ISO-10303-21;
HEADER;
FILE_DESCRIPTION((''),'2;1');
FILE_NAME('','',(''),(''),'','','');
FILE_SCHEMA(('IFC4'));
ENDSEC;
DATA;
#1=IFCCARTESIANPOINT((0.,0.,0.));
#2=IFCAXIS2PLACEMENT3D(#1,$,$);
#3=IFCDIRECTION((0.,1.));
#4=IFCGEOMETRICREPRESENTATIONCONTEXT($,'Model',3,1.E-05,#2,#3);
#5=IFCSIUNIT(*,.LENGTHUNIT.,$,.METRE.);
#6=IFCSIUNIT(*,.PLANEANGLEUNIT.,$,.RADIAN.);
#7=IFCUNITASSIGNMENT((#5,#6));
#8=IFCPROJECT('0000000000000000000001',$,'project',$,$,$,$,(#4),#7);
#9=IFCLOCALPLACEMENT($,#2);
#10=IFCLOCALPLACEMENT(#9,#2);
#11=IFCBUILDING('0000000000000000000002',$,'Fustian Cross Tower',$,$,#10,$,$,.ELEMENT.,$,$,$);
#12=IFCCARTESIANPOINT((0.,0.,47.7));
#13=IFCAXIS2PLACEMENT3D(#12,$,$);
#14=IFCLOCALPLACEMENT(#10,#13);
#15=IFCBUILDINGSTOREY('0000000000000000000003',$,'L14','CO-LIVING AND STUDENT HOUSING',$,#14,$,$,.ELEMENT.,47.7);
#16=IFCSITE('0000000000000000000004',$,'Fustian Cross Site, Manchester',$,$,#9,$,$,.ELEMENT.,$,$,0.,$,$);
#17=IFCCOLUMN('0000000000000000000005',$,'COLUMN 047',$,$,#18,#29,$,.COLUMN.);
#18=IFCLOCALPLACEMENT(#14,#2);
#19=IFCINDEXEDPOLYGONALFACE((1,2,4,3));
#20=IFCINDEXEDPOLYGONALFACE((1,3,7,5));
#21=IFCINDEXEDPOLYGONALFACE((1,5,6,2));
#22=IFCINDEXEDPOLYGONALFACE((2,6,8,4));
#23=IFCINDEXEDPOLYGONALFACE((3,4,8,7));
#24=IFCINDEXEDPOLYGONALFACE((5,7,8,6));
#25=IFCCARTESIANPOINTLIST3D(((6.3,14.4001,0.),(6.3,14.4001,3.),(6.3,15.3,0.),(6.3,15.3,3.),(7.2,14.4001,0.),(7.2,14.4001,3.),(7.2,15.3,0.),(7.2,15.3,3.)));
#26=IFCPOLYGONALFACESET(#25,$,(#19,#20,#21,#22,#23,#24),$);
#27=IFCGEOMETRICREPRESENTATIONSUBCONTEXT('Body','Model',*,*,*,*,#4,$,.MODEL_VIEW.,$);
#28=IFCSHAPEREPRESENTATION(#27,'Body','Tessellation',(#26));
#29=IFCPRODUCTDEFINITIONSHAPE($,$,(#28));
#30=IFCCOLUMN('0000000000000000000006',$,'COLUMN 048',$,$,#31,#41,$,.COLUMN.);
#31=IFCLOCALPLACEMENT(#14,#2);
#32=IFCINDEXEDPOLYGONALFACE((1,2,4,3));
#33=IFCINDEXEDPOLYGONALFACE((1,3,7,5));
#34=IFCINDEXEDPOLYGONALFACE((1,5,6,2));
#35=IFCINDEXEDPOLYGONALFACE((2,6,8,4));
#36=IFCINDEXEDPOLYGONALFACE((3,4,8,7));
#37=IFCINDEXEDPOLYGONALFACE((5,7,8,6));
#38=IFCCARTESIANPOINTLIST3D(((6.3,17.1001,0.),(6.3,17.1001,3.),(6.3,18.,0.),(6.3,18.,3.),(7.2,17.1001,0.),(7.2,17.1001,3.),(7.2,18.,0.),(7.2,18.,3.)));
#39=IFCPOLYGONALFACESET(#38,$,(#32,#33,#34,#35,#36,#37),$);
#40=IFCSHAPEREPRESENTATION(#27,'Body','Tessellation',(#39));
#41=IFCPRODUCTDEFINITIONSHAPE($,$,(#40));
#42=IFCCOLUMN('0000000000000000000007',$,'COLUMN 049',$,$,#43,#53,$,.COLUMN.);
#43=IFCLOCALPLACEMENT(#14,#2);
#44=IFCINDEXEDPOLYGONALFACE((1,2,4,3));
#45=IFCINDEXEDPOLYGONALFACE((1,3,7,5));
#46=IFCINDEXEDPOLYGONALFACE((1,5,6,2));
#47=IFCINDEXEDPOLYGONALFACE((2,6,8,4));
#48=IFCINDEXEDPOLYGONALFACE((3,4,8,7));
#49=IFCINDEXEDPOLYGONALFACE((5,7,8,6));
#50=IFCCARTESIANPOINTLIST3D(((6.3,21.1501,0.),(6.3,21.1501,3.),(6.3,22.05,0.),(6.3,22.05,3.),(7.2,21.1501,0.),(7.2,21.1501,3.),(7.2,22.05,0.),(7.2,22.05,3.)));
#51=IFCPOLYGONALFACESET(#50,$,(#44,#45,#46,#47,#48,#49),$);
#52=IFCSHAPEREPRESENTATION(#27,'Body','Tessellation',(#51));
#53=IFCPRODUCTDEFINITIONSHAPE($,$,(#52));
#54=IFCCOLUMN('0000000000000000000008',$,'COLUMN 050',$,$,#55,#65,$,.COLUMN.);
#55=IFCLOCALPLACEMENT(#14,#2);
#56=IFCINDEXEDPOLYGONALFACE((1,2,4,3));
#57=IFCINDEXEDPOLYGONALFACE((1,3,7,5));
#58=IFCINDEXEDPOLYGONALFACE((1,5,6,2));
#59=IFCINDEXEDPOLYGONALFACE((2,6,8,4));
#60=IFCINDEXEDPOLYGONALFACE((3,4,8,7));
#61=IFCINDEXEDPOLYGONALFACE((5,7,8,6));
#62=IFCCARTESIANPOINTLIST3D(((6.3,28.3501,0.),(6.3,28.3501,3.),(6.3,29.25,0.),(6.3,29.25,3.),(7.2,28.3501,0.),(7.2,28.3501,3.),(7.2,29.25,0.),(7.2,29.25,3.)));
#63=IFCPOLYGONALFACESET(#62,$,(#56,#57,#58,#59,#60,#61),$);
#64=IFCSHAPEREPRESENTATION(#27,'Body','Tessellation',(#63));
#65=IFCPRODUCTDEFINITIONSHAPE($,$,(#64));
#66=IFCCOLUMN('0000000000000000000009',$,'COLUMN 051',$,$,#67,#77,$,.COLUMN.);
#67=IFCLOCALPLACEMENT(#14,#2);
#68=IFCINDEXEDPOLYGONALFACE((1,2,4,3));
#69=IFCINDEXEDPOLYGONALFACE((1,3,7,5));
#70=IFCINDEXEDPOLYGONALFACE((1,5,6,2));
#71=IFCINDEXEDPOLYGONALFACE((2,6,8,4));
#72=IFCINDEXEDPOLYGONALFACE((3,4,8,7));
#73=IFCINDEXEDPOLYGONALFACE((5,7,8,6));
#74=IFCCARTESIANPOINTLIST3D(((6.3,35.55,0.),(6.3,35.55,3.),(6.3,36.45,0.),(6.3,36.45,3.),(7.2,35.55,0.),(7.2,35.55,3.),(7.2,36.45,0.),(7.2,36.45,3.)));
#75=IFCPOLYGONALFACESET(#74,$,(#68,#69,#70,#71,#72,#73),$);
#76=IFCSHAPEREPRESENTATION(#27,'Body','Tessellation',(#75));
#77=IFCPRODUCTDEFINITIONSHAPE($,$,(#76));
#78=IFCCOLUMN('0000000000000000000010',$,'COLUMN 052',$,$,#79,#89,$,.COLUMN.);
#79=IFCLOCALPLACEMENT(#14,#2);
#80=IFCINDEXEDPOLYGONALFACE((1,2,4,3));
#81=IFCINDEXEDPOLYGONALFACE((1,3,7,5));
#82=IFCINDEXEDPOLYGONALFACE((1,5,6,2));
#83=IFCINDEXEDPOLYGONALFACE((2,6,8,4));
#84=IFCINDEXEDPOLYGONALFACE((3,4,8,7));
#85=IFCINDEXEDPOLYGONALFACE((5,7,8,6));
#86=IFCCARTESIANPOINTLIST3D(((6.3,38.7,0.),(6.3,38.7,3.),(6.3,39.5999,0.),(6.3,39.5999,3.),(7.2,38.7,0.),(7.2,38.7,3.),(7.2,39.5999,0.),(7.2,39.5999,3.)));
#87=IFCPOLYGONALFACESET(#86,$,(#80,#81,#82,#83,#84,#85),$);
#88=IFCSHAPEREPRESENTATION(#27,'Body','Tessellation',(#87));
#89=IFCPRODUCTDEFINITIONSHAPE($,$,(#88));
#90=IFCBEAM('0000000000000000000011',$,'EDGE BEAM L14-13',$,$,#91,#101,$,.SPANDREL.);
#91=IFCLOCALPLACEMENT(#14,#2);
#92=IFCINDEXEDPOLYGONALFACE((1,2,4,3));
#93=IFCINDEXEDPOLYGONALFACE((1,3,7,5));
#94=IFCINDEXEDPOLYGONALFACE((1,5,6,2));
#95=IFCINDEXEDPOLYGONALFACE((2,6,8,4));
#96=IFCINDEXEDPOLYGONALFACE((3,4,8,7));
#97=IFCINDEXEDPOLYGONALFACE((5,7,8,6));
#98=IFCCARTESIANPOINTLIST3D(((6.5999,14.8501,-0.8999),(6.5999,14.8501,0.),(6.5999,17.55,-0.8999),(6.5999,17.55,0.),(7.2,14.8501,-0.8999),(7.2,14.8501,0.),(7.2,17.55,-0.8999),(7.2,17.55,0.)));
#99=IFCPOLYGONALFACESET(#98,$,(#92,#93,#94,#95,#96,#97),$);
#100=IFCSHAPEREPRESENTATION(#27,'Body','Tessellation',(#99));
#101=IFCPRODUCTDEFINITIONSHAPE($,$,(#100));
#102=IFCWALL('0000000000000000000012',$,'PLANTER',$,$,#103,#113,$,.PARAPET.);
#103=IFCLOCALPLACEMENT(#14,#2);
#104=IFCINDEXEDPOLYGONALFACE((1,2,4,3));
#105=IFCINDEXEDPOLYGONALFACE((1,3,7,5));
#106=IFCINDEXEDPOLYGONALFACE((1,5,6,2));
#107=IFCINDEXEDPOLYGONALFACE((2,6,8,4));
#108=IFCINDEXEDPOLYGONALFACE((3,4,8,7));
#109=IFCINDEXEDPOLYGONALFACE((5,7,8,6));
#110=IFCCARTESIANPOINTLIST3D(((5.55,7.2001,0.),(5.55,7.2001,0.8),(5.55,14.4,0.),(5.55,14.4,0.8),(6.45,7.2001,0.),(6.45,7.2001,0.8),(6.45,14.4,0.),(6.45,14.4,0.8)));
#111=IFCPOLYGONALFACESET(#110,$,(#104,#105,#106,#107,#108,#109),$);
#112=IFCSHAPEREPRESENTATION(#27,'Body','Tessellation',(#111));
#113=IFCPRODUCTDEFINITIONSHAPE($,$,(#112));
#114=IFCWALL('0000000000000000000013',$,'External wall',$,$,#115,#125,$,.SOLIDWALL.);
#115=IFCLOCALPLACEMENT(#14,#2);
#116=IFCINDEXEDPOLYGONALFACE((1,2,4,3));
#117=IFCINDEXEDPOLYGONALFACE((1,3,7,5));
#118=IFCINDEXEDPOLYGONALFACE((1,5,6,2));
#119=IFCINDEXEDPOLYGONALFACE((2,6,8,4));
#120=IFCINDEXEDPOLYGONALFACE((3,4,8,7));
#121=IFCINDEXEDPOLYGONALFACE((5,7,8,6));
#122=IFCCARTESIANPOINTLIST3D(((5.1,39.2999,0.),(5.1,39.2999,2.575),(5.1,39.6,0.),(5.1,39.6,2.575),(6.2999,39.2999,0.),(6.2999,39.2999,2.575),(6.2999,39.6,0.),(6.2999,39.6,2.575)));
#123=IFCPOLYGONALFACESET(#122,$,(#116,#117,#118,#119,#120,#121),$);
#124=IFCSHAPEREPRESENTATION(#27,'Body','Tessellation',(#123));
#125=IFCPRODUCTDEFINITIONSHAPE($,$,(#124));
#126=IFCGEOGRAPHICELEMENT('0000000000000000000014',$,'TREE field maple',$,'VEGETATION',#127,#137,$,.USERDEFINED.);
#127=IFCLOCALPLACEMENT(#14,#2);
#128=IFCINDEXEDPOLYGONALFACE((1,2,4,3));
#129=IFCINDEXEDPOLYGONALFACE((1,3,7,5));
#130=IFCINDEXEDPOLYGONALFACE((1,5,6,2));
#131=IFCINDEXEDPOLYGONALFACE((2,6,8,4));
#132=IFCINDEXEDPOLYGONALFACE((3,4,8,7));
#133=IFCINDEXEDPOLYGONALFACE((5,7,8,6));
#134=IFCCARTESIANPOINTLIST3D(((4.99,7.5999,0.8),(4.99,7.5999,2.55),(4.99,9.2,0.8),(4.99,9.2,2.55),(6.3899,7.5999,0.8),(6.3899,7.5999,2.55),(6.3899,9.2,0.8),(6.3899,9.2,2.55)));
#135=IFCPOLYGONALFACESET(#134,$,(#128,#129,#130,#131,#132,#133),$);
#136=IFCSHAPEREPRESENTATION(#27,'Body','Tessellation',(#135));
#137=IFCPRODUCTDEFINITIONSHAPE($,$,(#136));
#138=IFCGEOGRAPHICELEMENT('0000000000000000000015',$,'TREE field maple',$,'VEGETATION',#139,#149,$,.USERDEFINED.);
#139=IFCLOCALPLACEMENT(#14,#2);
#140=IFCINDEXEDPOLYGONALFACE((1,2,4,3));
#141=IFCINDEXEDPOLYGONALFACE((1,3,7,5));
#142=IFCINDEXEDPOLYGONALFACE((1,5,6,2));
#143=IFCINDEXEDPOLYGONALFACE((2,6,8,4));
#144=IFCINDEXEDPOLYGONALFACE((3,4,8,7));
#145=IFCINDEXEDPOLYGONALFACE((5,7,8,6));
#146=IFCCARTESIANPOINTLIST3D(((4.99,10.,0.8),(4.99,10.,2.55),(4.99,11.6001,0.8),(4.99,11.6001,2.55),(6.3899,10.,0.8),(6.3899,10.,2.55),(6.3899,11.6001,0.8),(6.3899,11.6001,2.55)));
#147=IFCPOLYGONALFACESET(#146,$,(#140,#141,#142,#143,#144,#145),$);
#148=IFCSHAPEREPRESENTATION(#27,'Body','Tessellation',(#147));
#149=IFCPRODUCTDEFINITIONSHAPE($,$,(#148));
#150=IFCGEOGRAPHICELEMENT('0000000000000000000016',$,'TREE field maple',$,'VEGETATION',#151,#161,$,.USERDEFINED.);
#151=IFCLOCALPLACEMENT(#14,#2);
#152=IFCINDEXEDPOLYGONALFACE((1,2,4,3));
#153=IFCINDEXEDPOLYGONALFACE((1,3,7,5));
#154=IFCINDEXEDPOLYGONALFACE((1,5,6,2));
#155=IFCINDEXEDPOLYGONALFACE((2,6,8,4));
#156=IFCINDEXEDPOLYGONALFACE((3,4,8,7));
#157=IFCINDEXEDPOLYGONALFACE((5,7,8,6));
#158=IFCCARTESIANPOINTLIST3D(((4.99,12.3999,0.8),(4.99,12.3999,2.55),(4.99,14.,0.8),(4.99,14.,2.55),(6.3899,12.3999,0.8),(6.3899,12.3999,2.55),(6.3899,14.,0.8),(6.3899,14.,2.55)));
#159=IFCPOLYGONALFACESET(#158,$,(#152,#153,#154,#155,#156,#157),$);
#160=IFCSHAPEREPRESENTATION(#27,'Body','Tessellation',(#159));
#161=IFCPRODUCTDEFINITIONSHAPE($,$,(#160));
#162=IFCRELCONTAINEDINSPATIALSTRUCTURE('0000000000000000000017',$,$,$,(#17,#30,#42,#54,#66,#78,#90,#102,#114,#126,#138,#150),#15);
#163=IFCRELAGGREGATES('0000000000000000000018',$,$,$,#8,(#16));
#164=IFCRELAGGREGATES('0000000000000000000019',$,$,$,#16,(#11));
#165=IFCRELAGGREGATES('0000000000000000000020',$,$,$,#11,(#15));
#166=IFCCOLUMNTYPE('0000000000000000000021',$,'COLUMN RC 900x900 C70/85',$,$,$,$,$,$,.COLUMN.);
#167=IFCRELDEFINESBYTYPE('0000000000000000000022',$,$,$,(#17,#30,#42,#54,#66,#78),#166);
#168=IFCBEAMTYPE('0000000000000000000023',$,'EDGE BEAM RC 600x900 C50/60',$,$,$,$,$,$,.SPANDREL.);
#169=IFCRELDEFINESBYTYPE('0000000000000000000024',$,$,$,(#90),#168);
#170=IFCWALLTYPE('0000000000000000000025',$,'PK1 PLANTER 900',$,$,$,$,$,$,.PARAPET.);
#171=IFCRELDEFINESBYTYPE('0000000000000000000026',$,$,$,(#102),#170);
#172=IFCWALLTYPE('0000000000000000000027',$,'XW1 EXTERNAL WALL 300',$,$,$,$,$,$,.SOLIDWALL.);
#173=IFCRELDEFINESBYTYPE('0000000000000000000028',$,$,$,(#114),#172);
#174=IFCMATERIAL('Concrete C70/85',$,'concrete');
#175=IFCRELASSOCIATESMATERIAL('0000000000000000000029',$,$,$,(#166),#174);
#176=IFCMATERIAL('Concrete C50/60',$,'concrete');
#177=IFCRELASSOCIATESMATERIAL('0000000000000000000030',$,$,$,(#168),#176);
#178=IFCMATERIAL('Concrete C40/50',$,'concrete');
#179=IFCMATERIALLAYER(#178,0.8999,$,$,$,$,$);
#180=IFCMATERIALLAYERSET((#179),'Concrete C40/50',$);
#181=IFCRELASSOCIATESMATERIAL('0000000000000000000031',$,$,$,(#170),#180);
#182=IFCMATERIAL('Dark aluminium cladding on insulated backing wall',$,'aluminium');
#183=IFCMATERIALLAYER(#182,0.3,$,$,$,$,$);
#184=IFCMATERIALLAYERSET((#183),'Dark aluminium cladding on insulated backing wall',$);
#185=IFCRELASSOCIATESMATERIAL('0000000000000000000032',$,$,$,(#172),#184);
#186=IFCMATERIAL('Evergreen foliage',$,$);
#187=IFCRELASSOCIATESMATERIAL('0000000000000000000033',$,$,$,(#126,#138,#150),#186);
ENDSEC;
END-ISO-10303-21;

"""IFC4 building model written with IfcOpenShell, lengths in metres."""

from ifc_helpers import new_model, si_unit, direction, frame, frame_2d, origin, origin_2d, place, context, subcontext, project, spatial, rectangle, extrude, material, layer, layer_set, material_profile, profile_set, type_object, element, save


model = new_model("IFC4")

# Units and contexts
model_context = context("Model", 3, precision=1e-05, world=origin(), true_north=direction((0.0, 1.0)))
body_context = subcontext(model_context, "Body", "Model", "MODEL_VIEW")
ifc_project = project(units=[si_unit("LENGTHUNIT", "METRE"), si_unit("PLANEANGLEUNIT", "RADIAN")], contexts=[model_context])

# Site, building, storey
site_placement = place(None, origin())
site = spatial("IfcSite", under=ifc_project, at=site_placement, Name="Fustian Cross Site, Manchester", CompositionType="ELEMENT", RefElevation=0.0)
building_placement = place(site_placement, origin())
building = spatial("IfcBuilding", under=site, at=building_placement, Name="Fustian Cross Tower", CompositionType="ELEMENT")
storey_placement = place(building_placement, frame((0.0, 0.0, 47.7)))
storey = spatial("IfcBuildingStorey", under=building, at=storey_placement, Name="L14", Description="CO-LIVING AND STUDENT HOUSING", CompositionType="ELEMENT", Elevation=47.7)

# Columns
ifc_material_1 = material(Name="Concrete C70/85", Category="concrete")
ifc_material_profile_1 = material_profile(ifc_material_1, rectangle(XDim=0.8999, YDim=0.8999, at=origin_2d()), Name="RC 900x900")
ifc_profile_set_1 = profile_set([ifc_material_profile_1], Name="Concrete C70/85")
column_type = type_object("IfcColumnType", Name="COLUMN RC 900x900 C70/85", PredefinedType="COLUMN", material=ifc_profile_set_1)
for number, where, z_axis, x_axis, name in (
    (1, (6.75, 14.8501, 0.0), (0.0, 0.0, 1.0), (1.0, 0.0, 0.0), "COLUMN 047"),
    (2, (6.75, 17.55, 0.0), (0.0, 0.0, 1.0), (1.0, 0.0, 0.0), "COLUMN 048"),
    (3, (6.75, 21.6001, 0.0), (0.0, 0.0, 1.0), (1.0, 0.0, 0.0), "COLUMN 049"),
    (4, (6.75, 28.8, 0.0), (0.0, 0.0, 1.0), (1.0, 0.0, 0.0), "COLUMN 050"),
    (5, (6.75, 36.0, 0.0), (0.0, 0.0, 1.0), (1.0, 0.0, 0.0), "COLUMN 051"),
    (6, (6.75, 39.1499, 0.0), (0.0, 0.0, 1.0), (1.0, 0.0, 0.0), "COLUMN 052"),
):
    element("IfcColumn", number, at=place(storey_placement, frame(where, z_axis=z_axis, x_axis=x_axis)), inside=storey, type_object=column_type, Name=name, PredefinedType="COLUMN", context=body_context, shape_type="SweptSolid", body=[
        extrude(rectangle(XDim=0.8999, YDim=0.8999, at=origin_2d()), origin(), (0.0, 0.0, 1.0), 3.0),
    ])

# Beam
ifc_material_2 = material(Name="Concrete C50/60", Category="concrete")
ifc_material_profile_2 = material_profile(ifc_material_2, rectangle(XDim=0.6001, YDim=0.8999, at=origin_2d()), Name="RC 600x900")
ifc_profile_set_2 = profile_set([ifc_material_profile_2], Name="Concrete C50/60")
beam_type = type_object("IfcBeamType", Name="EDGE BEAM RC 600x900 C50/60", PredefinedType="SPANDREL", material=ifc_profile_set_2)
beam_placement = place(storey_placement, frame((6.8999, 14.8501, -0.45), z_axis=(0.0, 1.0, 0.0), x_axis=(-1.0, 0.0, 0.0)))
element("IfcBeam", 7, at=beam_placement, inside=storey, type_object=beam_type, Name="EDGE BEAM L14-13", PredefinedType="SPANDREL", context=body_context, shape_type="SweptSolid", body=[
    extrude(rectangle(XDim=0.6001, YDim=0.8999, at=origin_2d()), origin(), (0.0, 0.0, 1.0), 2.7),
])

# Walls
ifc_material_3 = material(Name="Concrete C40/50", Category="concrete")
ifc_layer_1 = layer(ifc_material_3, 0.8999)
ifc_layer_set_1 = layer_set([ifc_layer_1], Name="Concrete C40/50")
wall_type_1 = type_object("IfcWallType", Name="PK1 PLANTER 900", PredefinedType="PARAPET", material=ifc_layer_set_1)
wall_1_placement = place(storey_placement, frame((6.0, 7.2, 0.0), z_axis=(0.0, 0.0, 1.0), x_axis=(0.0, 1.0, 0.0)))
element("IfcWall", 8, at=wall_1_placement, inside=storey, type_object=wall_type_1, Name="PLANTER", PredefinedType="PARAPET", context=body_context, shape_type="SweptSolid", body=[
    extrude(rectangle(XDim=7.2, YDim=0.8999, at=frame_2d((3.6001, 0.0))), origin(), (0.0, 0.0, 1.0), 0.8),
])
ifc_material_4 = material(Name="Dark aluminium cladding on insulated backing wall", Category="aluminium")
ifc_layer_2 = layer(ifc_material_4, 0.3)
ifc_layer_set_2 = layer_set([ifc_layer_2], Name="Dark aluminium cladding on insulated backing wall")
wall_type_2 = type_object("IfcWallType", Name="XW1 EXTERNAL WALL 300", PredefinedType="SOLIDWALL", material=ifc_layer_set_2)
wall_2_placement = place(storey_placement, frame((6.3, 39.45, 0.0), z_axis=(0.0, 0.0, 1.0), x_axis=(-1.0, 0.0, 0.0)))
element("IfcWall", 9, at=wall_2_placement, inside=storey, type_object=wall_type_2, Name="External wall", PredefinedType="SOLIDWALL", context=body_context, shape_type="SweptSolid", body=[
    extrude(rectangle(XDim=1.2, YDim=0.3, at=frame_2d((0.6001, 0.0))), origin(), (0.0, 0.0, 1.0), 2.575),
])

# Geographic elements
ifc_material_5 = material(Name="Evergreen foliage")
for number, where, z_axis, x_axis, name in (
    (10, (5.6899, 8.3999, 0.8), (0.0, 0.0, 1.0), (1.0, 0.0, 0.0), "TREE field maple"),
    (11, (5.6899, 10.8, 0.8), (0.0, 0.0, 1.0), (1.0, 0.0, 0.0), "TREE field maple"),
    (12, (5.6899, 13.2, 0.8), (0.0, 0.0, 1.0), (1.0, 0.0, 0.0), "TREE field maple"),
):
    element("IfcGeographicElement", number, at=place(storey_placement, frame(where, z_axis=z_axis, x_axis=x_axis)), inside=storey, material=ifc_material_5, Name=name, ObjectType="VEGETATION", PredefinedType="USERDEFINED", context=body_context, shape_type="SweptSolid", body=[
        extrude(rectangle(XDim=1.3999, YDim=1.6001, at=origin_2d()), origin(), (0.0, 0.0, 1.0), 1.75),
    ])

save(model, "model.ifc")
